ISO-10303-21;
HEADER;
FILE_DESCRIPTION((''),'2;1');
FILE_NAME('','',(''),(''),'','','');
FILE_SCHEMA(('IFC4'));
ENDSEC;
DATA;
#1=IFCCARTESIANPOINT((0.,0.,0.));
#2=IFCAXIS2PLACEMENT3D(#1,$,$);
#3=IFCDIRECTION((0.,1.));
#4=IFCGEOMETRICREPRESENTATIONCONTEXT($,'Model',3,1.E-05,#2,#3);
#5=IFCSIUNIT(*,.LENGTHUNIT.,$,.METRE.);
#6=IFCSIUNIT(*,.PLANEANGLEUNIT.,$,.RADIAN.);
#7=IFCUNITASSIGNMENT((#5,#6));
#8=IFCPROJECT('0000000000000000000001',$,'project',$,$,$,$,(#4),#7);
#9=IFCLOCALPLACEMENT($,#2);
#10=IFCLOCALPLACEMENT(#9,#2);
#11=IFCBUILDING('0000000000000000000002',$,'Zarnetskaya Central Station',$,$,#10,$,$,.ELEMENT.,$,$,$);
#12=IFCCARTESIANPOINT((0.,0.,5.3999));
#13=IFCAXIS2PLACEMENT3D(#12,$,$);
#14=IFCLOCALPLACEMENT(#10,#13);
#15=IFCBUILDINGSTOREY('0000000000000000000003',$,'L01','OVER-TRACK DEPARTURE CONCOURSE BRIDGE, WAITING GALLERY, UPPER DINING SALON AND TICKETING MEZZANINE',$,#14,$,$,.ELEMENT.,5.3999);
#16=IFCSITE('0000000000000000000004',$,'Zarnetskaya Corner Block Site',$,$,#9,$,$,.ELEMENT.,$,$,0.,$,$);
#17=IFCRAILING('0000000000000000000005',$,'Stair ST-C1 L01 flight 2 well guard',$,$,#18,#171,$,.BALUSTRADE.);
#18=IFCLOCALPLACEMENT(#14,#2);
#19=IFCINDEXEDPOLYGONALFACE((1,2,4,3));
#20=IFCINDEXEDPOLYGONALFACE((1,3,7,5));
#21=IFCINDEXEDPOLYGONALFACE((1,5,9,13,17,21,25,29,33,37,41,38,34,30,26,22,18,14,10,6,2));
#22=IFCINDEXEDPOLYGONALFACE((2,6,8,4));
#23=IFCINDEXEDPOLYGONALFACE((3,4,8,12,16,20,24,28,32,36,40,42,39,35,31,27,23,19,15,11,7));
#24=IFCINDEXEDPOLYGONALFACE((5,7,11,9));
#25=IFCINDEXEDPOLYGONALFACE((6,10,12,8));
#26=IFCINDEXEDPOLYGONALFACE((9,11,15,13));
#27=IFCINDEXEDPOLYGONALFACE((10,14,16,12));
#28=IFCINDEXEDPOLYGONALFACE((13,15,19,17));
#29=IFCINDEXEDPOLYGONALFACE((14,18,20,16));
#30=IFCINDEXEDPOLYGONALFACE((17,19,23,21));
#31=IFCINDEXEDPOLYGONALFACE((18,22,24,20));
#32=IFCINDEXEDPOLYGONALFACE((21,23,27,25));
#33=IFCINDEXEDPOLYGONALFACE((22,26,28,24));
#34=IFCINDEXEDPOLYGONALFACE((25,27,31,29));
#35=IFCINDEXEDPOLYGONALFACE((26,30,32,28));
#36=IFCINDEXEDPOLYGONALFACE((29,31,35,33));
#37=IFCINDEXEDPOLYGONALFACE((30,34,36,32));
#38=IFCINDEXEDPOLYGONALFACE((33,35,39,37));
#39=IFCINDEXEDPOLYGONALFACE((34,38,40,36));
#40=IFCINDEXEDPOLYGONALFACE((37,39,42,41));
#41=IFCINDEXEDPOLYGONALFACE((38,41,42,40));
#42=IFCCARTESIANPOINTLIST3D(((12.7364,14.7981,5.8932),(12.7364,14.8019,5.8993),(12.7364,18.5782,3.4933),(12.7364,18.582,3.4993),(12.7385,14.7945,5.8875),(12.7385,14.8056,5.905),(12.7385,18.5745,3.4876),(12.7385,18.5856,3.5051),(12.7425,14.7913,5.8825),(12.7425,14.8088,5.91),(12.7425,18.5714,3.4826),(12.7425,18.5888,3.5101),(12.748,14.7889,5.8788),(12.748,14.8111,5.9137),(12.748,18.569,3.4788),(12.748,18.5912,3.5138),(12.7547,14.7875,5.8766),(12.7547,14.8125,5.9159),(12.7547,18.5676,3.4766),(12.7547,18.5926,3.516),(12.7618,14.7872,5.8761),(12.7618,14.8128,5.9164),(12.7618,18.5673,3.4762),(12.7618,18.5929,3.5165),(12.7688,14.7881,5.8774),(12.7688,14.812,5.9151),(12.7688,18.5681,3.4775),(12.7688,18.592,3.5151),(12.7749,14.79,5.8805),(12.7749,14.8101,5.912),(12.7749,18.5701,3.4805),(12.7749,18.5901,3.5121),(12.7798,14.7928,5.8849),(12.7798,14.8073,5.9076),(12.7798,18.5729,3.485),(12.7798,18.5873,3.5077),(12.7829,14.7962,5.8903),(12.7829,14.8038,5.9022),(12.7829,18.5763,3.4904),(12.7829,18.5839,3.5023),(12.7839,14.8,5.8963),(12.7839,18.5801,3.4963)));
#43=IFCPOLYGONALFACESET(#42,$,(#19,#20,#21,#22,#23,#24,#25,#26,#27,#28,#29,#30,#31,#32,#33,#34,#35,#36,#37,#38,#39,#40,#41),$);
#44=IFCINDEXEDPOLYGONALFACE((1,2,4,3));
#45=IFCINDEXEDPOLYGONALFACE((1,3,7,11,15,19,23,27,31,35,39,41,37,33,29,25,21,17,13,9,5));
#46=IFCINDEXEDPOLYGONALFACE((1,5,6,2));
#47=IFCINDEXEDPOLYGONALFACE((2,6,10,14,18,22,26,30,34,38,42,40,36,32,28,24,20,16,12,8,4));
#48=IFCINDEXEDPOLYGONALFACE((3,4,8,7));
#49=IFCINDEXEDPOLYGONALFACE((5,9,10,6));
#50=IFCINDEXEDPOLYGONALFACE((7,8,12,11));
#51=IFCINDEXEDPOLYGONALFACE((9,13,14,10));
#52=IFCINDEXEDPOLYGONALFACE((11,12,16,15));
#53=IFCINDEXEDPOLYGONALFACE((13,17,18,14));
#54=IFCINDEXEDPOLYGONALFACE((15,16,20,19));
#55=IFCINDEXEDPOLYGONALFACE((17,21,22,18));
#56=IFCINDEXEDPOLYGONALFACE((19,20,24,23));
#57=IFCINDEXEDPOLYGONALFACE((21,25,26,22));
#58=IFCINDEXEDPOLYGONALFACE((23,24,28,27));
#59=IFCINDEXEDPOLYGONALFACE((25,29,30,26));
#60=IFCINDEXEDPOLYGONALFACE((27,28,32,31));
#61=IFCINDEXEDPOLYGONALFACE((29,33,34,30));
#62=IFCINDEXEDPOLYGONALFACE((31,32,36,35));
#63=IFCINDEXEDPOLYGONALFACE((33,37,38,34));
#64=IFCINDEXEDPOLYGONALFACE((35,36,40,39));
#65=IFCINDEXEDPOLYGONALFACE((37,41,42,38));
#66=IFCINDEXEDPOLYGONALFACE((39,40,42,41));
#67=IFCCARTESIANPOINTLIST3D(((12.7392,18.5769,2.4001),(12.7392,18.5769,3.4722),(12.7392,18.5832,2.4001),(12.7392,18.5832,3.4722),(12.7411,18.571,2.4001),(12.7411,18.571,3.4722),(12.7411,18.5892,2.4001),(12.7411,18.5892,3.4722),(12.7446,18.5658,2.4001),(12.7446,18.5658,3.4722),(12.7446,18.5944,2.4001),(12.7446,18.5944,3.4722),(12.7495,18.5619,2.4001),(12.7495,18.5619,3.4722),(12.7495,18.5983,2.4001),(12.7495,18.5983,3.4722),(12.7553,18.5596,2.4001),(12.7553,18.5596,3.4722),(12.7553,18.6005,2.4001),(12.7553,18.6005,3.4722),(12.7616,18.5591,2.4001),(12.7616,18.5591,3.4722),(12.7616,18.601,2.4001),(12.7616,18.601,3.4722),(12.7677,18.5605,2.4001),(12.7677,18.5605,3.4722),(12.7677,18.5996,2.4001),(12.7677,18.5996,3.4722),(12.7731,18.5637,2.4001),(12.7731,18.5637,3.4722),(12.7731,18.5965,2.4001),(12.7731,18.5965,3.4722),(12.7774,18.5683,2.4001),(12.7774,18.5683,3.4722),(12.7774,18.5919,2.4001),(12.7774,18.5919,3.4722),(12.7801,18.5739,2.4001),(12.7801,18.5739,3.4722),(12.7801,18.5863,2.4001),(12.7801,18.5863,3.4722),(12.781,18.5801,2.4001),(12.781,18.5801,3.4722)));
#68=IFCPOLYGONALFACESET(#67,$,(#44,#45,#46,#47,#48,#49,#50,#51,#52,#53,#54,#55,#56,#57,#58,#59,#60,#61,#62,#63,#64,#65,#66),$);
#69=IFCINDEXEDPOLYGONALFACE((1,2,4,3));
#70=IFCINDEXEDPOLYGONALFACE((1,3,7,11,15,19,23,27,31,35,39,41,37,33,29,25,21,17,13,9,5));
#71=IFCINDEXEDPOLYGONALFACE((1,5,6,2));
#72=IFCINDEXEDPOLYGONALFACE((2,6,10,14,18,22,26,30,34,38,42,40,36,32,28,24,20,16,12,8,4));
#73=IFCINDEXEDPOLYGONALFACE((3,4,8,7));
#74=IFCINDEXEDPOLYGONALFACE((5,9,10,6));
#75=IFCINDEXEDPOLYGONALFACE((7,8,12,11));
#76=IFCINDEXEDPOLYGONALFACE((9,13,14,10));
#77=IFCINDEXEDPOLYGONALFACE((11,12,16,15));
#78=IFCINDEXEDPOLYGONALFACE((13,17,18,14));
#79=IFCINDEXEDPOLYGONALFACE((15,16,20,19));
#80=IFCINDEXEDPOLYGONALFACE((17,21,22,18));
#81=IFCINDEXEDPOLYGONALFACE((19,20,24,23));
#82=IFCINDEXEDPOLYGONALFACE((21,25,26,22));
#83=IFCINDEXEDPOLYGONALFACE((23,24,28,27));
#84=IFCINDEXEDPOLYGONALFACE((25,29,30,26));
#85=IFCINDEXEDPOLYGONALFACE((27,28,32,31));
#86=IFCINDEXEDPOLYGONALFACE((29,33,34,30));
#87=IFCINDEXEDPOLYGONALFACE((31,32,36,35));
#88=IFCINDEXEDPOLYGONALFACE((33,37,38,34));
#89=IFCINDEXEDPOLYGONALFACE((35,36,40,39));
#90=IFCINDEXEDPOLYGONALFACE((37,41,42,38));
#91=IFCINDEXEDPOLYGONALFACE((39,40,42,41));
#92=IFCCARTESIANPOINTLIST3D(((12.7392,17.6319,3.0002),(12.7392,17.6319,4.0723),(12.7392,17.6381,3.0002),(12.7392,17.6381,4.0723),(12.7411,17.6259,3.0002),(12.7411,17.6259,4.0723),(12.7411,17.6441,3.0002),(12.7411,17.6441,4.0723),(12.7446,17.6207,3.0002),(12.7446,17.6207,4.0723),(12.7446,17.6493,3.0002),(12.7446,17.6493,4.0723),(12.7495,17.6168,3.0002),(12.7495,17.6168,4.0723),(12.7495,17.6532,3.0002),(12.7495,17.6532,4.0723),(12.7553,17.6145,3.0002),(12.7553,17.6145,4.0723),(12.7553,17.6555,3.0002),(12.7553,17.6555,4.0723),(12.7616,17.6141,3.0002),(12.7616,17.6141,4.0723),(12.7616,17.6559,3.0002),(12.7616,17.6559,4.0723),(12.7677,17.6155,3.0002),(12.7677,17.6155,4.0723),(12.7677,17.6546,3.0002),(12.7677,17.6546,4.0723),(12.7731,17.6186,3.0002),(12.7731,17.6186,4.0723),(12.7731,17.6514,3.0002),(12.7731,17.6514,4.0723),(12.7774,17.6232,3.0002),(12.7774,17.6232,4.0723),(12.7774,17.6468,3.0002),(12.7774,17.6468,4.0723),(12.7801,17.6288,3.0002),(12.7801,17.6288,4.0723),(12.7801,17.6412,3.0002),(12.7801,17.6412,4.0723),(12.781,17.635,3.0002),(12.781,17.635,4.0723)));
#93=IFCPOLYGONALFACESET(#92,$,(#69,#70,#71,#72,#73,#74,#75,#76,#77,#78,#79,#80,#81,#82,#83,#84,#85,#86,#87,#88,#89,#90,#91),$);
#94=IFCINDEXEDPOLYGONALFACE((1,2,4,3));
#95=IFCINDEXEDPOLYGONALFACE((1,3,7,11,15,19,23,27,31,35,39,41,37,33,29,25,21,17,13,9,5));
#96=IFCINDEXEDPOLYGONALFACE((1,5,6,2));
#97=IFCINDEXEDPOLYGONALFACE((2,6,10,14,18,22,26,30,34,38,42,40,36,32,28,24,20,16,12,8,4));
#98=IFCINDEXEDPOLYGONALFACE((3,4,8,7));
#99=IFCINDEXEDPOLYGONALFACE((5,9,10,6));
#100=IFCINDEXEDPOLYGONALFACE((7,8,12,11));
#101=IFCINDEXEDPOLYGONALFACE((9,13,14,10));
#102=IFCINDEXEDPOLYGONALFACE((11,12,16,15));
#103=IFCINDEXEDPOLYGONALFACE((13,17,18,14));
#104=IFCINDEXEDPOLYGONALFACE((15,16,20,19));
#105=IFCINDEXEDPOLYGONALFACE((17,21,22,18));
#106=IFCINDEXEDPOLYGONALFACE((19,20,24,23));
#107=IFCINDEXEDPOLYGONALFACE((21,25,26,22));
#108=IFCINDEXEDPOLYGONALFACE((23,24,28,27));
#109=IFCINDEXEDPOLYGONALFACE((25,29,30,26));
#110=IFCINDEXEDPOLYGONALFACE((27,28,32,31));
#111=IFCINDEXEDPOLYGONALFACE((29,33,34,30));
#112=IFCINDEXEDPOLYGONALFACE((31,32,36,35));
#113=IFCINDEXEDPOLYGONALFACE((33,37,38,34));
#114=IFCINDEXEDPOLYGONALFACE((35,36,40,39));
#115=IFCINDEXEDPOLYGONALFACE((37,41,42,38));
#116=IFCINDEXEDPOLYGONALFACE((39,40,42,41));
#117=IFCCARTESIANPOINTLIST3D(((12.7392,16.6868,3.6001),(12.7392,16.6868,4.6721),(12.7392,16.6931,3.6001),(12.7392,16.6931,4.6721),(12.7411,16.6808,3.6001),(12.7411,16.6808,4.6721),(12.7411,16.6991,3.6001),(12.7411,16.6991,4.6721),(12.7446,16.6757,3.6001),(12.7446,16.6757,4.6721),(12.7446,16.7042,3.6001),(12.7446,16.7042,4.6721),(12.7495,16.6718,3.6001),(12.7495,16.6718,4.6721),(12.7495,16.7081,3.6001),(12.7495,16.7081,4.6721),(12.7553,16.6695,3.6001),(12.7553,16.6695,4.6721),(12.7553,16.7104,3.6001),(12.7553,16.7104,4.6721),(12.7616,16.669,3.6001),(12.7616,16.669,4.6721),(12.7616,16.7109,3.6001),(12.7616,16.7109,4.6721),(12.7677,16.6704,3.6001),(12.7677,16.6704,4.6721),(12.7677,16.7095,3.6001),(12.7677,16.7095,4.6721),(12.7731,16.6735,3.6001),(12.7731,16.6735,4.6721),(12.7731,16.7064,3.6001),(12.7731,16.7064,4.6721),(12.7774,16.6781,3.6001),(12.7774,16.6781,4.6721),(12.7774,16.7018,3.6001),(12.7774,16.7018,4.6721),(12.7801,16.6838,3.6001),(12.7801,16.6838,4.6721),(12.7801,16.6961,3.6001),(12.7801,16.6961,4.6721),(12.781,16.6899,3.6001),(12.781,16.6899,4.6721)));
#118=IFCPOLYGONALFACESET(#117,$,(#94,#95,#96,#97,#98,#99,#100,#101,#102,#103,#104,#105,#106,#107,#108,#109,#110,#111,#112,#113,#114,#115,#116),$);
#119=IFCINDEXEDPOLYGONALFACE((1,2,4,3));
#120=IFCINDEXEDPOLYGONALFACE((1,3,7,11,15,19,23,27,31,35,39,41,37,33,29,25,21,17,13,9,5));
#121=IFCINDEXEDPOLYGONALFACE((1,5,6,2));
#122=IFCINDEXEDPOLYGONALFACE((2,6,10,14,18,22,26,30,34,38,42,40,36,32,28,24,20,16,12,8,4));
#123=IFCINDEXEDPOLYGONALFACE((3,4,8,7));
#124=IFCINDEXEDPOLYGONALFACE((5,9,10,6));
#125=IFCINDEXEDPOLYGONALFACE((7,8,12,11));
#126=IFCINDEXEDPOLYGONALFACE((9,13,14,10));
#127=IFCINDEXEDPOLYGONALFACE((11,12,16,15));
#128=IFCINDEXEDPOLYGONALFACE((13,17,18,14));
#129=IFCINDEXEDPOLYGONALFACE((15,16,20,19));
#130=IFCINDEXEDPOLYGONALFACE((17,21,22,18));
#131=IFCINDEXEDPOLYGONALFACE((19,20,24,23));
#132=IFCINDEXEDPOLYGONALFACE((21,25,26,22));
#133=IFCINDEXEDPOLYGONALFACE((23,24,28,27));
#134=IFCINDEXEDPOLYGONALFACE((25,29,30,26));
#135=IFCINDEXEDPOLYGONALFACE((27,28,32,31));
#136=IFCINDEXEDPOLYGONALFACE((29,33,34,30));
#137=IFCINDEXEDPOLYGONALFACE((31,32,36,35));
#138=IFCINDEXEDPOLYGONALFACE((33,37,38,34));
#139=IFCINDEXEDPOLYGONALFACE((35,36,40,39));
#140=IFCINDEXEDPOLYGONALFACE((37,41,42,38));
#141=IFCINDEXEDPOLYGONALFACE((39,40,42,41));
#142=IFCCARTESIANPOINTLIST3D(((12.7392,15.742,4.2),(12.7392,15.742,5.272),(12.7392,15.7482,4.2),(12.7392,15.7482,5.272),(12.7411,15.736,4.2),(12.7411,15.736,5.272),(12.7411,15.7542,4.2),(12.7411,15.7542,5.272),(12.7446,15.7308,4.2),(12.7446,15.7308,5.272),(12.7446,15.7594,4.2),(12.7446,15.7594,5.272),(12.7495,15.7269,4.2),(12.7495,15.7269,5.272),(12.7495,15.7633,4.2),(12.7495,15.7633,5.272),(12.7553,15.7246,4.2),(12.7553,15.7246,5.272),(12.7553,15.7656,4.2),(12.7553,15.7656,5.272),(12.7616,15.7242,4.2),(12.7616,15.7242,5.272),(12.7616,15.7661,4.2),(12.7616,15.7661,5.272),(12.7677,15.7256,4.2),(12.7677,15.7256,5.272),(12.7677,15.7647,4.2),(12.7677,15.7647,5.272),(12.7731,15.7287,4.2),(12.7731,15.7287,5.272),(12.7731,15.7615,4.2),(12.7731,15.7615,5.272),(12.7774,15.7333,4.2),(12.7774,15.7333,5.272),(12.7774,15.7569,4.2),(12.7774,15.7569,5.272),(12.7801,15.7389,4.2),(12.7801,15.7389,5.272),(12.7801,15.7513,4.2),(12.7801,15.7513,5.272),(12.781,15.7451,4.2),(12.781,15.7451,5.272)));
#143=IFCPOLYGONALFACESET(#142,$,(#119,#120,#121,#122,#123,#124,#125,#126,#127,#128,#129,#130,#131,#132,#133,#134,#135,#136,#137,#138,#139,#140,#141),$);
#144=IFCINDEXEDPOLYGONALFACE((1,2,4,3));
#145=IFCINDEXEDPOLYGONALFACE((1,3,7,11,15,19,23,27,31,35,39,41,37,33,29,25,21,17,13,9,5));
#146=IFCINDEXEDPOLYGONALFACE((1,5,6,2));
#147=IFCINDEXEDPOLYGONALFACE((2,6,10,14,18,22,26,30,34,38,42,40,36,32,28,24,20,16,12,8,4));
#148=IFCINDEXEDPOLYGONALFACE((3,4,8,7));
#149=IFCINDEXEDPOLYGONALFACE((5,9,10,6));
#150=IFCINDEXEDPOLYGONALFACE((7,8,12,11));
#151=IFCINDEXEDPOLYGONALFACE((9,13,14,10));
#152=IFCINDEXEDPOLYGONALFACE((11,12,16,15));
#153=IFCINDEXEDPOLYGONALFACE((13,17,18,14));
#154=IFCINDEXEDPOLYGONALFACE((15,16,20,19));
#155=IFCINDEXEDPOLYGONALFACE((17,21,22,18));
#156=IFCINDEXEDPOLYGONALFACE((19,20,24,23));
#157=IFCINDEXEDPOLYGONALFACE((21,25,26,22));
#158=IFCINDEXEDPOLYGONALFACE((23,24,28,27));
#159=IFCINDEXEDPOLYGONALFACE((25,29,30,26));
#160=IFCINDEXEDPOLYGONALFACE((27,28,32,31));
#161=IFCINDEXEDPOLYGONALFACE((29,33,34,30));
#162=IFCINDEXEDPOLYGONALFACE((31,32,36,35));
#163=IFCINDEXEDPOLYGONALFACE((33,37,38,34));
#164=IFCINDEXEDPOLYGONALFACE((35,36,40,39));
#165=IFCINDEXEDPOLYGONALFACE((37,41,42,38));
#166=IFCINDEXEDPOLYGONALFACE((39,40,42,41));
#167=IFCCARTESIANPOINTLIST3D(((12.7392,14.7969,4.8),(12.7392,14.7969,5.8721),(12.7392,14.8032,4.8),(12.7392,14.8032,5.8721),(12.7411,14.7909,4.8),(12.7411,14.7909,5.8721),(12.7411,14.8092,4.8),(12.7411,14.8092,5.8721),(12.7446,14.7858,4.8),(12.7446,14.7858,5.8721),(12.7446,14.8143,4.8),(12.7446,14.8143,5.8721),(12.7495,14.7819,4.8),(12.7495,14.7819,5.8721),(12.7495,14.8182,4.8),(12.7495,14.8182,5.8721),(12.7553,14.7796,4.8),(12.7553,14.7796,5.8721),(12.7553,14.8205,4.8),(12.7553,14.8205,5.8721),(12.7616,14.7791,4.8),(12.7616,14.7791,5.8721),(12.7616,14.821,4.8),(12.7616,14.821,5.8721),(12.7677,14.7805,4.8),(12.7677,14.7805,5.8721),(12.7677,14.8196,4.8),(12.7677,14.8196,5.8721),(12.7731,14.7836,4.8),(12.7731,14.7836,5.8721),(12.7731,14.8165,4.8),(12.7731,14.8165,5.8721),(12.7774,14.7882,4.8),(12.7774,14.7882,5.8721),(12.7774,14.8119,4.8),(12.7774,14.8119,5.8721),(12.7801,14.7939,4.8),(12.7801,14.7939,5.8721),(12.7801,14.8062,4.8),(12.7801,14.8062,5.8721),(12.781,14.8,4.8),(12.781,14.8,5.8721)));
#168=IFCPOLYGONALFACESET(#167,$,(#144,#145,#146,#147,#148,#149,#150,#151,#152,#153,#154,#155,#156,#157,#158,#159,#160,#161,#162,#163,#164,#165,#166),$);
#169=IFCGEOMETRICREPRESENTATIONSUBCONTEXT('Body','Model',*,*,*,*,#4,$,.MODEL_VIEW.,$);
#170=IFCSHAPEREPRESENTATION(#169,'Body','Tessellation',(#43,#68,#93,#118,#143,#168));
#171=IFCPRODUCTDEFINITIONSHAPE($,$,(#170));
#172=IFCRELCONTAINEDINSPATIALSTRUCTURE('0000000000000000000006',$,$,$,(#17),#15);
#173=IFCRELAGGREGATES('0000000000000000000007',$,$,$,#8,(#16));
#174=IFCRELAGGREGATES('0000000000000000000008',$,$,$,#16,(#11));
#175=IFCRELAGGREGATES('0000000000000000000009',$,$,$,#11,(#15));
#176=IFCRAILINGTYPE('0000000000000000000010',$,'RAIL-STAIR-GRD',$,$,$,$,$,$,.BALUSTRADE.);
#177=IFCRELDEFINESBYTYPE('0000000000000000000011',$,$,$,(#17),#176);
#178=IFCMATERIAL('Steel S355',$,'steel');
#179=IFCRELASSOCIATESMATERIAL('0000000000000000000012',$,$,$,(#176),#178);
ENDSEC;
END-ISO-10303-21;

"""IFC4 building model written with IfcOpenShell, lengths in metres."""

from ifc_helpers import new_model, si_unit, direction, frame, origin, origin_2d, place, context, subcontext, project, spatial, circle, extrude, material, type_object, element, save


model = new_model("IFC4")

# Units and contexts
model_context = context("Model", 3, precision=1e-05, world=origin(), true_north=direction((0.0, 1.0)))
body_context = subcontext(model_context, "Body", "Model", "MODEL_VIEW")
ifc_project = project(units=[si_unit("LENGTHUNIT", "METRE"), si_unit("PLANEANGLEUNIT", "RADIAN")], contexts=[model_context])

# Site, building, storey
site_placement = place(None, origin())
site = spatial("IfcSite", under=ifc_project, at=site_placement, Name="Zarnetskaya Corner Block Site", CompositionType="ELEMENT", RefElevation=0.0)
building_placement = place(site_placement, origin())
building = spatial("IfcBuilding", under=site, at=building_placement, Name="Zarnetskaya Central Station", CompositionType="ELEMENT")
storey_placement = place(building_placement, frame((0.0, 0.0, 5.3999)))
storey = spatial("IfcBuildingStorey", under=building, at=storey_placement, Name="L01", Description="OVER-TRACK DEPARTURE CONCOURSE BRIDGE, WAITING GALLERY, UPPER DINING SALON AND TICKETING MEZZANINE", CompositionType="ELEMENT", Elevation=5.3999)

# Shared definitions
ifc_material_1 = material(Name="Steel S355", Category="steel")

# Railing
railing_type_1 = type_object("IfcRailingType", Name="RAIL-STAIR-GRD", PredefinedType="BALUSTRADE", material=ifc_material_1)
railing_1_placement = place(storey_placement, frame((12.76, 18.5801, 2.4001)))
element("IfcRailing", 1, at=railing_1_placement, inside=storey, type_object=railing_type_1, Name="Stair ST-C1 L01 flight 2 well guard", PredefinedType="BALUSTRADE", context=body_context, shape_type="SweptSolid", body=[
    extrude(circle(Radius=0.0239, at=origin_2d()), frame((0.0, 0.0, 1.0962), z_axis=(0.0, -0.844225, 0.53599), x_axis=(1.0, 0.0, 0.0)), (0.0, 0.0, 1.0), 4.4775),
    extrude(circle(Radius=0.021, at=origin_2d()), origin(), (0.0, 0.0, 1.0), 1.072),
    extrude(circle(Radius=0.021, at=origin_2d()), frame((0.0, -0.9451, 0.6001)), (0.0, 0.0, 1.0), 1.072),
    extrude(circle(Radius=0.021, at=origin_2d()), frame((0.0, -1.8901, 1.2)), (0.0, 0.0, 1.0), 1.072),
    extrude(circle(Radius=0.021, at=origin_2d()), frame((0.0, -2.835, 1.7998)), (0.0, 0.0, 1.0), 1.072),
    extrude(circle(Radius=0.021, at=origin_2d()), frame((0.0, -3.78, 2.3999)), (0.0, 0.0, 1.0), 1.072),
])

save(model, "model.ifc")
